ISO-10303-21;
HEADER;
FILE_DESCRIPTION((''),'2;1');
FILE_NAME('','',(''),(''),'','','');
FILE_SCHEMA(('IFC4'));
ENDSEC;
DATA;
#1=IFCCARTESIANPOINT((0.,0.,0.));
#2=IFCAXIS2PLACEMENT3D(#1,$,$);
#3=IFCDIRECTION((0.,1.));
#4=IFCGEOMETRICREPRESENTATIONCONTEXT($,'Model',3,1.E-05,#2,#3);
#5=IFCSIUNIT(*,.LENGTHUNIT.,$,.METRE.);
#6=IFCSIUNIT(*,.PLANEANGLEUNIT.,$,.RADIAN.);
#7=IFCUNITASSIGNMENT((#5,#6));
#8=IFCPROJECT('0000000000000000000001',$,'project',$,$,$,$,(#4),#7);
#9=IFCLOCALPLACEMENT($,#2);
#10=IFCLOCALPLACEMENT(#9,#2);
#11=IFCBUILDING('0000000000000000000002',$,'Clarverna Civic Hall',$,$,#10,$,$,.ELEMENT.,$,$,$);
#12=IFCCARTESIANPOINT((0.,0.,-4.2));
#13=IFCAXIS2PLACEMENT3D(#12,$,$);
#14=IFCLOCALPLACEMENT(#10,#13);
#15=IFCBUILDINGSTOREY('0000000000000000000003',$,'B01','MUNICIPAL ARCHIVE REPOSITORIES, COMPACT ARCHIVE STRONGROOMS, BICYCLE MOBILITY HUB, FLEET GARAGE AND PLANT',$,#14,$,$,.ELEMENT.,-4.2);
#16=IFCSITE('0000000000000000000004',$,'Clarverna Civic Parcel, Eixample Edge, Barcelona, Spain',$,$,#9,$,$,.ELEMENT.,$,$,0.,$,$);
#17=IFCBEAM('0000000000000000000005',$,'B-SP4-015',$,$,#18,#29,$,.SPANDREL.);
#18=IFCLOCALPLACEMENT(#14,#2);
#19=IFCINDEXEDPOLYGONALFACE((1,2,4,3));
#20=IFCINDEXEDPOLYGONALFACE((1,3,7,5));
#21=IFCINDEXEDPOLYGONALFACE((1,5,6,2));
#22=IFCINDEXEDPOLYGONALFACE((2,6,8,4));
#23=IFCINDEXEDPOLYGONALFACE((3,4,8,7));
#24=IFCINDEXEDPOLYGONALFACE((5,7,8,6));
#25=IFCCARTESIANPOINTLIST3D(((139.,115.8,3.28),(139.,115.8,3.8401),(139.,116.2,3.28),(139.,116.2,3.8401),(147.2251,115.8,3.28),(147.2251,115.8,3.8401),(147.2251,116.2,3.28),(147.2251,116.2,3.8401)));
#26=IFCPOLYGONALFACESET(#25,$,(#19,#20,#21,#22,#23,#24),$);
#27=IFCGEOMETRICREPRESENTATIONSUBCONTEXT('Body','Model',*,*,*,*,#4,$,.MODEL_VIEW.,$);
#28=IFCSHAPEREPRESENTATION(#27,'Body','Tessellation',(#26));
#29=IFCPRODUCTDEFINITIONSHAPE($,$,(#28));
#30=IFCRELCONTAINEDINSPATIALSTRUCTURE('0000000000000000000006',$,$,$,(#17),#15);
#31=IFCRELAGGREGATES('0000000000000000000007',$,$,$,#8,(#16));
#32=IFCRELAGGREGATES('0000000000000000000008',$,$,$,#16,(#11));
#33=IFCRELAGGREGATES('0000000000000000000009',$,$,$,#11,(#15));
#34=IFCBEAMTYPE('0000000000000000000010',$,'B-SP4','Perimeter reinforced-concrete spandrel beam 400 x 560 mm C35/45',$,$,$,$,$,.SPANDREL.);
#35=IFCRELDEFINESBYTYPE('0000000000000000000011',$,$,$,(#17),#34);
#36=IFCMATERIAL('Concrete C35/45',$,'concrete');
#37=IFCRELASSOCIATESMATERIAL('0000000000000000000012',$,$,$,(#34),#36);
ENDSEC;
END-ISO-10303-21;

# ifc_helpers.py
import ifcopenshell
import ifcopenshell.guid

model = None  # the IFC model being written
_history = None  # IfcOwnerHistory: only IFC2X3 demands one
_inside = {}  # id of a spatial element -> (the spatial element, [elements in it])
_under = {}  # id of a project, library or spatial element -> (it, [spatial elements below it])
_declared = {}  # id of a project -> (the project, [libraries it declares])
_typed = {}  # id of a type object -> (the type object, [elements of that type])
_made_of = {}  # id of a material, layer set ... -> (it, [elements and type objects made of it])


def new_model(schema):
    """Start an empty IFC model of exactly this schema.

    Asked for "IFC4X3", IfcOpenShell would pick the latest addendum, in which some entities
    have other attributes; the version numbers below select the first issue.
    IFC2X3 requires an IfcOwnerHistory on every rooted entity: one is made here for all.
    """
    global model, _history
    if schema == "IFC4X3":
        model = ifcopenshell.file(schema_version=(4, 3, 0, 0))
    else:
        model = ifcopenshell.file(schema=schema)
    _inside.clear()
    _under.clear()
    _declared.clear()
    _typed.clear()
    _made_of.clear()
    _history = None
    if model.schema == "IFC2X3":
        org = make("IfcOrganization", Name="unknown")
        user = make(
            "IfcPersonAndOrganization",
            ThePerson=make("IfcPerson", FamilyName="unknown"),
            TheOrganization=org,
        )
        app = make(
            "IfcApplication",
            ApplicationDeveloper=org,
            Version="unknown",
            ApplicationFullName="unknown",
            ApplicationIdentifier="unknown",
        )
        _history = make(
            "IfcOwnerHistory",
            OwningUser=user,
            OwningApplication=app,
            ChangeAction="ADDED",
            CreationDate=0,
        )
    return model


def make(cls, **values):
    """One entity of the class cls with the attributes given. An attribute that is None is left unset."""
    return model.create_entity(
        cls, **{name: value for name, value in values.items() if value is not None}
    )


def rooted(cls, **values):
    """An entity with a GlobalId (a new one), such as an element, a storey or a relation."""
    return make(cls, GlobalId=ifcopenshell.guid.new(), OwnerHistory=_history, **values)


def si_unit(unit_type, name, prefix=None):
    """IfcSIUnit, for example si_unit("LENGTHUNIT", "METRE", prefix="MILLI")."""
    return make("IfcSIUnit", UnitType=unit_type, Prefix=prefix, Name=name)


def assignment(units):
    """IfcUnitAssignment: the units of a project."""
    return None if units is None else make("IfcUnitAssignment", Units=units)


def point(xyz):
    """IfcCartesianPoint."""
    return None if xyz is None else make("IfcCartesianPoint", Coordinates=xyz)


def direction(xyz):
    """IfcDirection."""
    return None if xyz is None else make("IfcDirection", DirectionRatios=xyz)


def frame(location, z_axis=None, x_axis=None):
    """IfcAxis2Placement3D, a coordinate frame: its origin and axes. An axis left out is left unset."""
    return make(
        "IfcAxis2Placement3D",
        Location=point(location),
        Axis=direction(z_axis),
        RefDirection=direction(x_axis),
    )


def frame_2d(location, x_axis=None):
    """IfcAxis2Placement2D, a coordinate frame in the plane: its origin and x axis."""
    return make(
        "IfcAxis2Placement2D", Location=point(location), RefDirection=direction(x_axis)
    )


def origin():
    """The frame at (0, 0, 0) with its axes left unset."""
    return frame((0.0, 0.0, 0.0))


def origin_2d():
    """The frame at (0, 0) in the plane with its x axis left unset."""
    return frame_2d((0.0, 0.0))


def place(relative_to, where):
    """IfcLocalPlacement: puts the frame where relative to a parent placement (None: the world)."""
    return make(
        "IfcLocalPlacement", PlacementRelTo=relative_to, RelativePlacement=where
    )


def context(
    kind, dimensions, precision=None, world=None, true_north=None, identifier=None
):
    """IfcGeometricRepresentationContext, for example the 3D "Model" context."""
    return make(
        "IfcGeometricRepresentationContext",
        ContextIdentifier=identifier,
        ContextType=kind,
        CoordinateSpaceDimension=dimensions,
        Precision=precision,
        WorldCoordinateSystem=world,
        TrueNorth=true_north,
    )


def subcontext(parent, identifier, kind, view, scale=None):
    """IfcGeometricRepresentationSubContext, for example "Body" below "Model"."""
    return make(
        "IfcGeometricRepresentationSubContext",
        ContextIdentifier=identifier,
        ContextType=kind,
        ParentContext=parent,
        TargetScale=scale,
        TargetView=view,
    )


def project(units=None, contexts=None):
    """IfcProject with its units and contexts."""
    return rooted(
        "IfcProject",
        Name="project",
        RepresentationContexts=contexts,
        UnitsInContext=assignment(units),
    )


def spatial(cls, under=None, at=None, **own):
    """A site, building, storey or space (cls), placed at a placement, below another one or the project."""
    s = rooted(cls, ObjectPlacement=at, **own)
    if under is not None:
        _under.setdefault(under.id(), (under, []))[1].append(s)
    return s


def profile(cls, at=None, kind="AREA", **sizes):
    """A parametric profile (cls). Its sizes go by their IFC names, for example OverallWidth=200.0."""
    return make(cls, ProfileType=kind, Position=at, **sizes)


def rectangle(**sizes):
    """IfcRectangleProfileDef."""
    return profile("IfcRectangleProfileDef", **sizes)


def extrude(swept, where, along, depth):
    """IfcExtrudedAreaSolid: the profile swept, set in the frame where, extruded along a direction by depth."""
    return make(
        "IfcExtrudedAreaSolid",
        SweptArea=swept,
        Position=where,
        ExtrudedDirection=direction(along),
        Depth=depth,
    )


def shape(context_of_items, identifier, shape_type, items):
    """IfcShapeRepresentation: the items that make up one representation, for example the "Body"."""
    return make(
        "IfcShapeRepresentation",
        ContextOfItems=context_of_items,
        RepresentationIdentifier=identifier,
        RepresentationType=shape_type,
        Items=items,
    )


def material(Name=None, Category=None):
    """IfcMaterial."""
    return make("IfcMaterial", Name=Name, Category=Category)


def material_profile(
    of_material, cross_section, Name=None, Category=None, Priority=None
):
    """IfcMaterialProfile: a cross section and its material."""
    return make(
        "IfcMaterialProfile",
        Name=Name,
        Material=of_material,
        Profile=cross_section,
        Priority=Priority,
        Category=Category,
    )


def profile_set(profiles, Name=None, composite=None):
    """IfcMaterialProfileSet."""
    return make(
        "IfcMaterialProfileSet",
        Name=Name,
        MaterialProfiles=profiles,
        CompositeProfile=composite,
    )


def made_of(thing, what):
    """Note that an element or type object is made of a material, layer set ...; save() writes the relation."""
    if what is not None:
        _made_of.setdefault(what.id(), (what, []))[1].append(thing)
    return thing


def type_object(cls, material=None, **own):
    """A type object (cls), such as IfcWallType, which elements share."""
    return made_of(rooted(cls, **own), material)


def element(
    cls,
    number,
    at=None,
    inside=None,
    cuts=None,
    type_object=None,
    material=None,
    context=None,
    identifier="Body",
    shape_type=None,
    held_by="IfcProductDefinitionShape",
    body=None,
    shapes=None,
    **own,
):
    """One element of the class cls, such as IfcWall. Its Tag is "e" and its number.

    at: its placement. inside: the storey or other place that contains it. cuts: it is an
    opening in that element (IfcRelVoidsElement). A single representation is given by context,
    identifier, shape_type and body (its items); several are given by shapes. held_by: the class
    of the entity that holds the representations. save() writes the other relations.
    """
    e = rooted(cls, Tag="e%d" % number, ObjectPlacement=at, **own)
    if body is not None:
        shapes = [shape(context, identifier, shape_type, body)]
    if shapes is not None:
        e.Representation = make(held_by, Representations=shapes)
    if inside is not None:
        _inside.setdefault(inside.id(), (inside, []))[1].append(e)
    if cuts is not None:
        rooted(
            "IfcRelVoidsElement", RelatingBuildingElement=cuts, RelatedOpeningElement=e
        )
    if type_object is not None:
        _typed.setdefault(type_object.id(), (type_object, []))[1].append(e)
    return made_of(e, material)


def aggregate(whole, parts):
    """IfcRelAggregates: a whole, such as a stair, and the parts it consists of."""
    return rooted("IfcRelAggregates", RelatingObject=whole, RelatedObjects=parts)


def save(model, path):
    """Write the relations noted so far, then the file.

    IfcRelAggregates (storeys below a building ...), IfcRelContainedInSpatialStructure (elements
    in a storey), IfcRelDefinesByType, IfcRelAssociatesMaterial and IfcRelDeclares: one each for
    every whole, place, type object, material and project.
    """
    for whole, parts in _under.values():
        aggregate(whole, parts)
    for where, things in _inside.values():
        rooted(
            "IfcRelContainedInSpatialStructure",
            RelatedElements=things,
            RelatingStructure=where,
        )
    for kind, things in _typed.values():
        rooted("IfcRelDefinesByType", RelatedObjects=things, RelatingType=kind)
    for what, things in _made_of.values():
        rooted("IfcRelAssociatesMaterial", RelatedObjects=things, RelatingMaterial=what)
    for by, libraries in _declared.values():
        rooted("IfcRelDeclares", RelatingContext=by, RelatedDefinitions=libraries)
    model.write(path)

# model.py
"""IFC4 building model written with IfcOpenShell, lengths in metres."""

from ifc_helpers import new_model, si_unit, direction, frame, origin, origin_2d, place, context, subcontext, project, spatial, rectangle, extrude, material, material_profile, profile_set, type_object, element, save


model = new_model("IFC4")

# Units and contexts
model_context = context("Model", 3, precision=1e-05, world=origin(), true_north=direction((0.0, 1.0)))
body_context = subcontext(model_context, "Body", "Model", "MODEL_VIEW")
ifc_project = project(units=[si_unit("LENGTHUNIT", "METRE"), si_unit("PLANEANGLEUNIT", "RADIAN")], contexts=[model_context])

# Site, building, storey
site_placement = place(None, origin())
site = spatial("IfcSite", under=ifc_project, at=site_placement, Name="Clarverna Civic Parcel, Eixample Edge, Barcelona, Spain", CompositionType="ELEMENT", RefElevation=0.0)
building_placement = place(site_placement, origin())
building = spatial("IfcBuilding", under=site, at=building_placement, Name="Clarverna Civic Hall", CompositionType="ELEMENT")
storey_placement = place(building_placement, frame((0.0, 0.0, -4.2)))
storey = spatial("IfcBuildingStorey", under=building, at=storey_placement, Name="B01", Description="MUNICIPAL ARCHIVE REPOSITORIES, COMPACT ARCHIVE STRONGROOMS, BICYCLE MOBILITY HUB, FLEET GARAGE AND PLANT", CompositionType="ELEMENT", Elevation=-4.2)

# Beam
ifc_material_1 = material(Name="Concrete C35/45", Category="concrete")
ifc_material_profile_1 = material_profile(ifc_material_1, rectangle(XDim=0.3999, YDim=0.5601, at=origin_2d()), Name="RC 400x560")
ifc_profile_set_1 = profile_set([ifc_material_profile_1], Name="Concrete C35/45")
beam_type_1 = type_object("IfcBeamType", Name="B-SP4", Description="Perimeter reinforced-concrete spandrel beam 400 x 560 mm C35/45", PredefinedType="SPANDREL", material=ifc_profile_set_1)
beam_1_placement = place(storey_placement, frame((139.0, 116.0, 3.5601), z_axis=(1.0, 0.0, 0.0), x_axis=(0.0, 1.0, 0.0)))
element("IfcBeam", 1, at=beam_1_placement, inside=storey, type_object=beam_type_1, Name="B-SP4-015", PredefinedType="SPANDREL", context=body_context, shape_type="SweptSolid", body=[
    extrude(rectangle(XDim=0.3999, YDim=0.5601, at=origin_2d()), origin(), (0.0, 0.0, 1.0), 8.2251),
])

save(model, "model.ifc")
